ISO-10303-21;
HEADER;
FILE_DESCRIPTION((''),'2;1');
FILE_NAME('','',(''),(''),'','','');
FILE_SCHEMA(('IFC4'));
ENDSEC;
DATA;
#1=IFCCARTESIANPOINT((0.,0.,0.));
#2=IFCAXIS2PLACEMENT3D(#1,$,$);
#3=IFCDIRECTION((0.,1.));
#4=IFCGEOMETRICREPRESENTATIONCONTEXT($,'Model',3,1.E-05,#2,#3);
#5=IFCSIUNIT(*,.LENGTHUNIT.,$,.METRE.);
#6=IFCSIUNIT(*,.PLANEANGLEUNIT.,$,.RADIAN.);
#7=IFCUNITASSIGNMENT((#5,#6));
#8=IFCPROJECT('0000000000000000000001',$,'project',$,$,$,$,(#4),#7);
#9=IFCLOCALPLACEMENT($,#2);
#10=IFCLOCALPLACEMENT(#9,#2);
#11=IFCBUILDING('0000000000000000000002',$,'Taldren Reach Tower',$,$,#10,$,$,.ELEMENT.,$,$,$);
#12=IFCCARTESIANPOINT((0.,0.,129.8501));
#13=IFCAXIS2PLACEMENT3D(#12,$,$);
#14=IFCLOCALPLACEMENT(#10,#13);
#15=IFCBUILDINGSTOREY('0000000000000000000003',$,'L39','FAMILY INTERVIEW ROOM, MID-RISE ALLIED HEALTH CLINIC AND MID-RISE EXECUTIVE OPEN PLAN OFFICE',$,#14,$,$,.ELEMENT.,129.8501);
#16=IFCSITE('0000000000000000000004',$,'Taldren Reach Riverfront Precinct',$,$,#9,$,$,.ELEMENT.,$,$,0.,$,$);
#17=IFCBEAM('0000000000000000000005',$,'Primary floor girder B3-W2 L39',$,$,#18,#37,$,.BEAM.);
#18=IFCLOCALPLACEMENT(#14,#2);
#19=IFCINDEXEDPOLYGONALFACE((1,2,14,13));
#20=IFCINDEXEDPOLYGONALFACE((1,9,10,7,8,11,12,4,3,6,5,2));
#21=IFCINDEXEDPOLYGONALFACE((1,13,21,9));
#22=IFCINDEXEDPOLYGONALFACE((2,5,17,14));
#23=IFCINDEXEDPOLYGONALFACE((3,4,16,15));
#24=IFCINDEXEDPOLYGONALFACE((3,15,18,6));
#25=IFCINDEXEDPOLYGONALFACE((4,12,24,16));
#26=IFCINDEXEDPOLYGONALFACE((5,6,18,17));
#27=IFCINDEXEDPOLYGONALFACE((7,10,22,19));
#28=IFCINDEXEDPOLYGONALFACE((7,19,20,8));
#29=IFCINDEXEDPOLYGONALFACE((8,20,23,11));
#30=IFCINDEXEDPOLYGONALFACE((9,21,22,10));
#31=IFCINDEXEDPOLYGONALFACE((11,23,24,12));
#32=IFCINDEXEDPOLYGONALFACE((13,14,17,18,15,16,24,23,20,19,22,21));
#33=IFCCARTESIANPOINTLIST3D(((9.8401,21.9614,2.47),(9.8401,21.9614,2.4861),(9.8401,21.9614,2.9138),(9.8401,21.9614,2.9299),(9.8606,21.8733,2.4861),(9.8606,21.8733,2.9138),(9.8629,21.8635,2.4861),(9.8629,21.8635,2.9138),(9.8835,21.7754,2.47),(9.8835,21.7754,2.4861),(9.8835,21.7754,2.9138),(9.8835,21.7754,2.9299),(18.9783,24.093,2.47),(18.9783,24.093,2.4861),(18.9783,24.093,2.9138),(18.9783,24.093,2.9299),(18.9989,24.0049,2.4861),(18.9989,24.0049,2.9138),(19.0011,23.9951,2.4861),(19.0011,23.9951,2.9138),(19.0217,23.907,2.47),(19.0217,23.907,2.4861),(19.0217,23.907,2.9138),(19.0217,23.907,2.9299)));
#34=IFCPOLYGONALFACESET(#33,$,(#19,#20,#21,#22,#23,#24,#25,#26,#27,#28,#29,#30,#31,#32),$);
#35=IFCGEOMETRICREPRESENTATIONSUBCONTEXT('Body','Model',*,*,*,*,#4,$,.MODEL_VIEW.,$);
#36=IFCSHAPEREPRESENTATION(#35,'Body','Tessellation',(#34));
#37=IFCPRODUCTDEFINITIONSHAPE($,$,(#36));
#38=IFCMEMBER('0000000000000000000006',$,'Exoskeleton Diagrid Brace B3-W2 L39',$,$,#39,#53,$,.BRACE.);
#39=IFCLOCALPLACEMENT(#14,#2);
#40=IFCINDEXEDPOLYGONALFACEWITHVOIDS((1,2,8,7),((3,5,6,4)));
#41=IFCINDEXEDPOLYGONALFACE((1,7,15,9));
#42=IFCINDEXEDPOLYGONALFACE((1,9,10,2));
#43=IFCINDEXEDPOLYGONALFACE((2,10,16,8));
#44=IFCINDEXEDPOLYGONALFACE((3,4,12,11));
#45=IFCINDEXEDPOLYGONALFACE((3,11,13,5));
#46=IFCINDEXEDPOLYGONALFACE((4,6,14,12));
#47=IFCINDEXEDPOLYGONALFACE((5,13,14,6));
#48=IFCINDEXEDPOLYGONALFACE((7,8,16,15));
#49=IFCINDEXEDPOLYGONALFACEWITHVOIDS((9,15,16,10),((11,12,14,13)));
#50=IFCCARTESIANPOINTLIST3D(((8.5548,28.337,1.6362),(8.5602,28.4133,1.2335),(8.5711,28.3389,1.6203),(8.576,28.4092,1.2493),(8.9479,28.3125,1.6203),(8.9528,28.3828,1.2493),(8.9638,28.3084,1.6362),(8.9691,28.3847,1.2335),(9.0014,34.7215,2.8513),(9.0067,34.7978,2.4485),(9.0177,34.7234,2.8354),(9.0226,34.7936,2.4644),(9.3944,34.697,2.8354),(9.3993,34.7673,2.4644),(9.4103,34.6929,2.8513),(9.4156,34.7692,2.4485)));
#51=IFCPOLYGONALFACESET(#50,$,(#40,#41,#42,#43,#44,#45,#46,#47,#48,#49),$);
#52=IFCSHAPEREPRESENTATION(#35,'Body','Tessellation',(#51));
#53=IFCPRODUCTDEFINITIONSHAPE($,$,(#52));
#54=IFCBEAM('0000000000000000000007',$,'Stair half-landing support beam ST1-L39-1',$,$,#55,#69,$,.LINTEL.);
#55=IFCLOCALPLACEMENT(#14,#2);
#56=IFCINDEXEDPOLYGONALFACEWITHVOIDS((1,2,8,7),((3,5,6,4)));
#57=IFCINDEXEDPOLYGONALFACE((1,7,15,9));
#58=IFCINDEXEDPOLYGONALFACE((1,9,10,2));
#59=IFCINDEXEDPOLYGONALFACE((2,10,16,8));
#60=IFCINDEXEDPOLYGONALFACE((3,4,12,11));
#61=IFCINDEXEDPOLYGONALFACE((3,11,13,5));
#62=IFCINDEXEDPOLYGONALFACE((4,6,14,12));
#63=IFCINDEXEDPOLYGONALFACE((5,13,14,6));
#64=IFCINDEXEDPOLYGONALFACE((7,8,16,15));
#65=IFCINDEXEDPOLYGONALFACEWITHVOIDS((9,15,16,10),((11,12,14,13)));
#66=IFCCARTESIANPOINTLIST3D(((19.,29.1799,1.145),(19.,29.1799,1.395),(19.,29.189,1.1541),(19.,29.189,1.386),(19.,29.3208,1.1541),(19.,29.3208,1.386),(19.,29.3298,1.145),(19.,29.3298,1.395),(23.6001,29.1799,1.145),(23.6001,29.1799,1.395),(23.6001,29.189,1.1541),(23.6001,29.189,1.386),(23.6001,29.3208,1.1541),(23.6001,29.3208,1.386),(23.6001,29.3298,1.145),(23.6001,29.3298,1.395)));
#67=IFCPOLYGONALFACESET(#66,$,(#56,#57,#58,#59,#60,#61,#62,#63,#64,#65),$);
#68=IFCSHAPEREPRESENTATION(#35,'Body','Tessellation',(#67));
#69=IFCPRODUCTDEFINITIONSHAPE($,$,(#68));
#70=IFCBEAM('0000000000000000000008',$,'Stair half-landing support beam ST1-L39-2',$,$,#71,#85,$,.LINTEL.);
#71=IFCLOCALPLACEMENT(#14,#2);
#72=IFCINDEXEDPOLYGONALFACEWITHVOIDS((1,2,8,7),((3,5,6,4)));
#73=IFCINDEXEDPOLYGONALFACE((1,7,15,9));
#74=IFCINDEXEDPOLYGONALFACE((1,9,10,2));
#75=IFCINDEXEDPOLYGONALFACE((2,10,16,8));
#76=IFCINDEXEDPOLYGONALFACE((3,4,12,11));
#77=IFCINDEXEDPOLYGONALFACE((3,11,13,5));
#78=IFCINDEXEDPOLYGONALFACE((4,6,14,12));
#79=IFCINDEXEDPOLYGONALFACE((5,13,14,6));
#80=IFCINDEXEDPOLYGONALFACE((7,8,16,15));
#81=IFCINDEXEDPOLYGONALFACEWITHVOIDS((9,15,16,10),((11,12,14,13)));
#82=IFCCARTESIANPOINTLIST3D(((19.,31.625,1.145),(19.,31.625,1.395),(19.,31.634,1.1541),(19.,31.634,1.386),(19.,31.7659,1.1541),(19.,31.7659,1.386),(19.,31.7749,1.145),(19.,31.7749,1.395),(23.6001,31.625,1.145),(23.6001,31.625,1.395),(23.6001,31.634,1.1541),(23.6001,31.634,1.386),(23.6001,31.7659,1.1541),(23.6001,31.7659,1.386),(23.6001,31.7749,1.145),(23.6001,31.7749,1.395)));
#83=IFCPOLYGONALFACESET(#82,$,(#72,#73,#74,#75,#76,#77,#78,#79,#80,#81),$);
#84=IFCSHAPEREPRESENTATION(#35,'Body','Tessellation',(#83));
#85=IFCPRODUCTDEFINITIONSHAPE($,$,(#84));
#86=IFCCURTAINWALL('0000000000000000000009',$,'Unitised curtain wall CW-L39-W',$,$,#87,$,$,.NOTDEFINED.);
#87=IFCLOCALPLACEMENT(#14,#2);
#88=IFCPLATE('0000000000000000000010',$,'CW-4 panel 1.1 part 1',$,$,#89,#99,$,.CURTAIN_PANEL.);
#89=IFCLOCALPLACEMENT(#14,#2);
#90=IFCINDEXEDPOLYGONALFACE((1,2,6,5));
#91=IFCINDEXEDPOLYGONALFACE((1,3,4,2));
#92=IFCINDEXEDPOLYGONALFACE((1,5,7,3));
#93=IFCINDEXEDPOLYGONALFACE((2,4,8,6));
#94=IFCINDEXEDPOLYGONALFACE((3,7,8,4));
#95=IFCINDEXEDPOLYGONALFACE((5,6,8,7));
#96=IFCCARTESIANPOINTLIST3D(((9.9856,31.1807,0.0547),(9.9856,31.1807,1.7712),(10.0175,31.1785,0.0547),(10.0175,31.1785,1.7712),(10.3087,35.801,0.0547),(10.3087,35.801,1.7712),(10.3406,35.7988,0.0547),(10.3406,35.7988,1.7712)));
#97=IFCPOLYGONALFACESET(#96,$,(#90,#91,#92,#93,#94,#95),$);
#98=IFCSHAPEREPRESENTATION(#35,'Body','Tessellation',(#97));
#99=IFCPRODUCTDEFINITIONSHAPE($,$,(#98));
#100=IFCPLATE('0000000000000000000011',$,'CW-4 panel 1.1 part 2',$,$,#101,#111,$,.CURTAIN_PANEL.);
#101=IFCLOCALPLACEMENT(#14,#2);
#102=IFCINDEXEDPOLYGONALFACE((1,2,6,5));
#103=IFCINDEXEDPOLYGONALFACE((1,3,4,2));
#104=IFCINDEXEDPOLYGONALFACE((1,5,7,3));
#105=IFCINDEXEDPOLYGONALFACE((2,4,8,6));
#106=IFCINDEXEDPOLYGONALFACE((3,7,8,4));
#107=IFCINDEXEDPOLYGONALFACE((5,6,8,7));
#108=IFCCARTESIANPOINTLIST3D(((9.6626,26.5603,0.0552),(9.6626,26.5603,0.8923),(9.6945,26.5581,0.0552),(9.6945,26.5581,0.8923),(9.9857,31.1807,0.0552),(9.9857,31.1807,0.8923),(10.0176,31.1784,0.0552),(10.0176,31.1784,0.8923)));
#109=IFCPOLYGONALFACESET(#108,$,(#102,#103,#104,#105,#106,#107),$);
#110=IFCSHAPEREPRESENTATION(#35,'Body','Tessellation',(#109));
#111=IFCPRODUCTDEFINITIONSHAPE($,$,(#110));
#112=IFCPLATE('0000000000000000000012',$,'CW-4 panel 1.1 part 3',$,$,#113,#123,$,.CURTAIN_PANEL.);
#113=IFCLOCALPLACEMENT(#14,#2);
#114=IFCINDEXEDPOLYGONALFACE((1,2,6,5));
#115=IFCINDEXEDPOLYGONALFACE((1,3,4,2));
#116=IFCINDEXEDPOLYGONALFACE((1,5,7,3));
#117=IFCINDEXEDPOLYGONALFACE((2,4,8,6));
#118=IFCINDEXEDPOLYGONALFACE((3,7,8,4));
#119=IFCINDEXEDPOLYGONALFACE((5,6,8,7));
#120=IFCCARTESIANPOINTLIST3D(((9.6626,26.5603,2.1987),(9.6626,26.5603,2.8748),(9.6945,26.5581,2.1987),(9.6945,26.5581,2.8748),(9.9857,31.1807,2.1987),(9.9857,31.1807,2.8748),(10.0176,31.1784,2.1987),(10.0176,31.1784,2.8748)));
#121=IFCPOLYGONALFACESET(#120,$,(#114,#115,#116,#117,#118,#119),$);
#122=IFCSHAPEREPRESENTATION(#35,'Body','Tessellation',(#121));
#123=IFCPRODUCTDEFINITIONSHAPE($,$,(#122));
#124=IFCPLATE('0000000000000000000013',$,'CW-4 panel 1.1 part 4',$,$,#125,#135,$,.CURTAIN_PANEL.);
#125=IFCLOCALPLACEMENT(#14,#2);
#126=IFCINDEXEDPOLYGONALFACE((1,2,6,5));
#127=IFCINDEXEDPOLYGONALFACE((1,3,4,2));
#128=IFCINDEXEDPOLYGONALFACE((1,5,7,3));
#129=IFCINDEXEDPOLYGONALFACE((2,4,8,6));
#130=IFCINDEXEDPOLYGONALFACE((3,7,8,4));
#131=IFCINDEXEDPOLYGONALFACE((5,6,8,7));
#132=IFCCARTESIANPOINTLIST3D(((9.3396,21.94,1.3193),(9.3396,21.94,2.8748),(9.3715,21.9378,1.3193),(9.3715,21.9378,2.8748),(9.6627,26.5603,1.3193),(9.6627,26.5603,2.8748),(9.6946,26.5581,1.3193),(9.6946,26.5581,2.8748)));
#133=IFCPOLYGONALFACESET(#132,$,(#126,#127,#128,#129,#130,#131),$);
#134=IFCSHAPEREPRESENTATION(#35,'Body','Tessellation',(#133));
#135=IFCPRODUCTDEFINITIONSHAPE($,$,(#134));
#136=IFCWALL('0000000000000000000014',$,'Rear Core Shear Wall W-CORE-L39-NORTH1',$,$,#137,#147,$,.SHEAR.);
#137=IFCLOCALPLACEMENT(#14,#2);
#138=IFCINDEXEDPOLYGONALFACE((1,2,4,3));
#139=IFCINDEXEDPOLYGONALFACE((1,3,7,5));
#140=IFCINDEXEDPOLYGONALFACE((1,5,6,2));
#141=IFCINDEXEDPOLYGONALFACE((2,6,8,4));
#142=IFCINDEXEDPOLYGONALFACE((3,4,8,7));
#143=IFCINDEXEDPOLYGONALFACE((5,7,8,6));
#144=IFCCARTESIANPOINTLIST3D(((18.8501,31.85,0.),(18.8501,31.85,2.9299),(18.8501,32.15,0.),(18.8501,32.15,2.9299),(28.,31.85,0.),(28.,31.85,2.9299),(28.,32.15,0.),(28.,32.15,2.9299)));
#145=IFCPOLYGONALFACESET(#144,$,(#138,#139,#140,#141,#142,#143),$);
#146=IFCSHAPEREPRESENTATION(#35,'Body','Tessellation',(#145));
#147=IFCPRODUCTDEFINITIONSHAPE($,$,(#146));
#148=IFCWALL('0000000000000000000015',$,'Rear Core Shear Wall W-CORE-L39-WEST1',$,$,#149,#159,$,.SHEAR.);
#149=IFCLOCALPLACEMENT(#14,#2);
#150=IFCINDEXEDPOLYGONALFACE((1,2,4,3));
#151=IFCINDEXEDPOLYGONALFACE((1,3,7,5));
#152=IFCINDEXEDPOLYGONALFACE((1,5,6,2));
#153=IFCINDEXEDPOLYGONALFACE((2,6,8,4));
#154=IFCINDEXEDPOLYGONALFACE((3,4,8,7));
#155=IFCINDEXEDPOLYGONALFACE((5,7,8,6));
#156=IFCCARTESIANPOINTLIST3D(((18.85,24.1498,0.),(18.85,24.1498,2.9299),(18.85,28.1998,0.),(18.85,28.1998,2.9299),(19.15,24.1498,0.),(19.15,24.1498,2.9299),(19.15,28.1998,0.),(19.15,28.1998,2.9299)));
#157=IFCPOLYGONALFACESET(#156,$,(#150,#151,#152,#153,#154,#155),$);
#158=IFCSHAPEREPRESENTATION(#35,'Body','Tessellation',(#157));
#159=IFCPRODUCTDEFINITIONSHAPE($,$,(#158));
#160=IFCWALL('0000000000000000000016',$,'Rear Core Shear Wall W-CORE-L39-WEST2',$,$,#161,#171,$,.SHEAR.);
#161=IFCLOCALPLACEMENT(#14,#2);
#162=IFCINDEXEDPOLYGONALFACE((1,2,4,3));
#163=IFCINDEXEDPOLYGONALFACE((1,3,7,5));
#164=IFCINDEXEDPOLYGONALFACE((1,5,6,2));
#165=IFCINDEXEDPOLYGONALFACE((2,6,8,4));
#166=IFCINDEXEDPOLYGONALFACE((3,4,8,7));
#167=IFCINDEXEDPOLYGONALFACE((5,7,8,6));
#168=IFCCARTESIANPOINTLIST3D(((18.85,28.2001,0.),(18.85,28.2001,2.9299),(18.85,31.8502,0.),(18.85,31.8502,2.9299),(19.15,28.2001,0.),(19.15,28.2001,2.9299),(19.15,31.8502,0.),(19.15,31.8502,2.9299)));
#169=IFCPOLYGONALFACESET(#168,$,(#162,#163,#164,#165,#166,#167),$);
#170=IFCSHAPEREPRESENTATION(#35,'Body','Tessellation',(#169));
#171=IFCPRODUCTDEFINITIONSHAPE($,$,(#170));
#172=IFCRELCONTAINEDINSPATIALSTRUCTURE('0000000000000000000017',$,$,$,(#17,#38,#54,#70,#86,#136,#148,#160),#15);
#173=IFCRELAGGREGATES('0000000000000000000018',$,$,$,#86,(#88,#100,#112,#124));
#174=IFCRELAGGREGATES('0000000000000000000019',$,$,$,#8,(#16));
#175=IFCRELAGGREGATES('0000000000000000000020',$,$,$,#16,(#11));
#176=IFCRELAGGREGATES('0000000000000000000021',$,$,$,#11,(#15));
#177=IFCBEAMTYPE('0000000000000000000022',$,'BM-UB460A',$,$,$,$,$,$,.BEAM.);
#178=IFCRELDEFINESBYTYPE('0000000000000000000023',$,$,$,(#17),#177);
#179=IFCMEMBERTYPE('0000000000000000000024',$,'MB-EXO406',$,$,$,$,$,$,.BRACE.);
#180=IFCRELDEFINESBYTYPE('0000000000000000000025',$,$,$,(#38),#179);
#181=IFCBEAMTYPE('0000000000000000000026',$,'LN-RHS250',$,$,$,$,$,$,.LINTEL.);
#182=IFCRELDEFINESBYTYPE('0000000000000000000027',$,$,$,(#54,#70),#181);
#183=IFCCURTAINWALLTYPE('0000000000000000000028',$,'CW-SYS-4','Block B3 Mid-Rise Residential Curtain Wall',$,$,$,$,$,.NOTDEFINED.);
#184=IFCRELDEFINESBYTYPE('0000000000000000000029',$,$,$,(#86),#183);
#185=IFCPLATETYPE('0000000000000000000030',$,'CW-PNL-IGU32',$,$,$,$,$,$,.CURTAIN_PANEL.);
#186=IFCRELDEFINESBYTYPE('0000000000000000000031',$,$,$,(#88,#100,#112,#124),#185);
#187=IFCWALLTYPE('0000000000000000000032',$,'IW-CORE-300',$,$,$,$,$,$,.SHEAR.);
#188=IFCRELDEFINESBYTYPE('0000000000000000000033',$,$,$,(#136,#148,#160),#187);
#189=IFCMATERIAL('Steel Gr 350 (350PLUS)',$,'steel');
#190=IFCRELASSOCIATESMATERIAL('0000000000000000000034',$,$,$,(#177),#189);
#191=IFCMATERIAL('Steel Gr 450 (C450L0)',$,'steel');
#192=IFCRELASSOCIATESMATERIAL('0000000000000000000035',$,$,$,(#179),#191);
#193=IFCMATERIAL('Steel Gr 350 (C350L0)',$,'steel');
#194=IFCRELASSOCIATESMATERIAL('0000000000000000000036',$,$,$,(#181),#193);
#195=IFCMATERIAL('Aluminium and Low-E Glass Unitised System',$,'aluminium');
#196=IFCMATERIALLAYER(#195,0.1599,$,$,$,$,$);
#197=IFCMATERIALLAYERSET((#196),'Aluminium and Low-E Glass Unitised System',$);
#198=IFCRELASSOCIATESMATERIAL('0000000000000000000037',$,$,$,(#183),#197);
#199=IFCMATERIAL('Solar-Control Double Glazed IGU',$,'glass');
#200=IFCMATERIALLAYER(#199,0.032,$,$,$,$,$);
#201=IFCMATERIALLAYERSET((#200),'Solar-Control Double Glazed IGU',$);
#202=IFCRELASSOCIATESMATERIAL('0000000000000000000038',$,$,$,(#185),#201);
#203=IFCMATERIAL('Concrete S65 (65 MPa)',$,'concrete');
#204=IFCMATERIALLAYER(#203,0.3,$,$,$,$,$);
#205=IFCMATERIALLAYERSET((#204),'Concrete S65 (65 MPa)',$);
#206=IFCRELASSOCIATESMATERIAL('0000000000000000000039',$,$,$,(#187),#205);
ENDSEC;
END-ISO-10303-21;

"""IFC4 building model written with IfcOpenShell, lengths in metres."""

from ifc_helpers import new_model, si_unit, direction, frame, frame_2d, origin, origin_2d, place, context, subcontext, project, spatial, rectangle, hollow_rectangle, i_section, extrude, source, transform, mapped, material, layer, layer_set, material_profile, profile_set, type_object, element, aggregate, save


model = new_model("IFC4")

# Units and contexts
model_context = context("Model", 3, precision=1e-05, world=origin(), true_north=direction((0.0, 1.0)))
body_context = subcontext(model_context, "Body", "Model", "MODEL_VIEW")
ifc_project = project(units=[si_unit("LENGTHUNIT", "METRE"), si_unit("PLANEANGLEUNIT", "RADIAN")], contexts=[model_context])

# Site, building, storey
site_placement = place(None, origin())
site = spatial("IfcSite", under=ifc_project, at=site_placement, Name="Taldren Reach Riverfront Precinct", CompositionType="ELEMENT", RefElevation=0.0)
building_placement = place(site_placement, origin())
building = spatial("IfcBuilding", under=site, at=building_placement, Name="Taldren Reach Tower", CompositionType="ELEMENT")
storey_placement = place(building_placement, frame((0.0, 0.0, 129.8501)))
storey = spatial("IfcBuildingStorey", under=building, at=storey_placement, Name="L39", Description="FAMILY INTERVIEW ROOM, MID-RISE ALLIED HEALTH CLINIC AND MID-RISE EXECUTIVE OPEN PLAN OFFICE", CompositionType="ELEMENT", Elevation=129.8501)

# Shared definitions
ifc_material_1 = material(Name="Steel Gr 450 (C450L0)", Category="steel")

# Beam
ifc_material_2 = material(Name="Steel Gr 350 (350PLUS)", Category="steel")
ifc_material_profile_1 = material_profile(ifc_material_2, i_section(OverallWidth=0.1909, OverallDepth=0.46, WebThickness=0.01, FlangeThickness=0.0161, at=origin_2d()), Name="460UB82.1")
ifc_profile_set_1 = profile_set([ifc_material_profile_1], Name="Steel Gr 350 (350PLUS)")
beam_type_1 = type_object("IfcBeamType", Name="BM-UB460A", PredefinedType="BEAM", material=ifc_profile_set_1)
shared_shape_1 = source(origin(), body_context, "Body", "SweptSolid", [
    extrude(i_section(OverallWidth=0.1909, OverallDepth=0.46, WebThickness=0.01, FlangeThickness=0.0161, at=origin_2d()), origin(), (0.0, 0.0, 1.0), 9.3835),
])
beam_1_placement = place(storey_placement, frame((19.0, 24.0, 2.7), z_axis=(-0.973857, -0.227164, 0.0), x_axis=(0.227164, -0.973857, 0.0)))
element("IfcBeam", 1, at=beam_1_placement, inside=storey, type_object=beam_type_1, Name="Primary floor girder B3-W2 L39", PredefinedType="BEAM", context=body_context, shape_type="MappedRepresentation", body=[
    mapped(shared_shape_1, transform((0.0, 0.0, 0.0), scale=1.0)),
])

# Member
ifc_material_profile_2 = material_profile(ifc_material_1, hollow_rectangle(XDim=0.4099, YDim=0.4099, WallThickness=0.0161, at=origin_2d()), Name="410x410x16.0SHS")
ifc_profile_set_2 = profile_set([ifc_material_profile_2], Name="Steel Gr 450 (C450L0)")
member_type = type_object("IfcMemberType", Name="MB-EXO406", PredefinedType="BRACE", material=ifc_profile_set_2)
shared_shape_2 = source(origin(), body_context, "Body", "SweptSolid", [
    extrude(hollow_rectangle(XDim=0.4099, YDim=0.4099, WallThickness=0.0161, at=origin_2d()), origin(), (0.0, 0.0, 1.0), 6.5144),
])
member_placement = place(storey_placement, frame((8.762, 28.3608, 1.4348), z_axis=(0.068545, 0.980057, 0.186522), x_axis=(-0.997563, 0.06977, 0.0)))
element("IfcMember", 2, at=member_placement, inside=storey, type_object=member_type, Name="Exoskeleton Diagrid Brace B3-W2 L39", PredefinedType="BRACE", context=body_context, shape_type="MappedRepresentation", body=[
    mapped(shared_shape_2, transform((0.0, 0.0, 0.0), scale=1.0)),
])

# Beams
ifc_material_3 = material(Name="Steel Gr 350 (C350L0)", Category="steel")
ifc_material_profile_3 = material_profile(ifc_material_3, hollow_rectangle(XDim=0.1499, YDim=0.25, WallThickness=0.009, at=origin_2d()), Name="250x150x9.0RHS")
ifc_profile_set_3 = profile_set([ifc_material_profile_3], Name="Steel Gr 350 (C350L0)")
beam_type_2 = type_object("IfcBeamType", Name="LN-RHS250", PredefinedType="LINTEL", material=ifc_profile_set_3)
shared_shape_3 = source(origin(), body_context, "Body", "SweptSolid", [
    extrude(hollow_rectangle(XDim=0.1499, YDim=0.25, WallThickness=0.009, at=origin_2d()), origin(), (0.0, 0.0, 1.0), 4.6001),
])
for number, where, z_axis, x_axis, name in (
    (3, (19.0, 29.2549, 1.27), (1.0, 0.0, 0.0), (0.0, 1.0, 0.0), "Stair half-landing support beam ST1-L39-1"),
    (4, (19.0, 31.7, 1.27), (1.0, 0.0, 0.0), (0.0, 1.0, 0.0), "Stair half-landing support beam ST1-L39-2"),
):
    element("IfcBeam", number, at=place(storey_placement, frame(where, z_axis=z_axis, x_axis=x_axis)), inside=storey, type_object=beam_type_2, Name=name, PredefinedType="LINTEL", context=body_context, shape_type="MappedRepresentation", body=[
        mapped(shared_shape_3, transform((0.0, 0.0, 0.0), scale=1.0)),
    ])

# Curtain wall, plates
ifc_material_4 = material(Name="Aluminium and Low-E Glass Unitised System", Category="aluminium")
ifc_layer_1 = layer(ifc_material_4, 0.1599)
ifc_layer_set_1 = layer_set([ifc_layer_1], Name="Aluminium and Low-E Glass Unitised System")
curtain_wall_type = type_object("IfcCurtainWallType", Name="CW-SYS-4", Description="Block B3 Mid-Rise Residential Curtain Wall", PredefinedType="NOTDEFINED", material=ifc_layer_set_1)
curtain_wall_placement = place(storey_placement, origin())
curtain_wall = element("IfcCurtainWall", 5, at=curtain_wall_placement, inside=storey, type_object=curtain_wall_type, Name="Unitised curtain wall CW-L39-W", PredefinedType="NOTDEFINED")
ifc_material_5 = material(Name="Solar-Control Double Glazed IGU", Category="glass")
ifc_layer_2 = layer(ifc_material_5, 0.032)
ifc_layer_set_2 = layer_set([ifc_layer_2], Name="Solar-Control Double Glazed IGU")
plate_type = type_object("IfcPlateType", Name="CW-PNL-IGU32", PredefinedType="CURTAIN_PANEL", material=ifc_layer_set_2)
shared_shape_4 = source(origin(), body_context, "Body", "SweptSolid", [
    extrude(rectangle(XDim=4.6316, YDim=0.032, at=origin_2d()), origin(), (0.0, 0.0, 1.0), 1.7166),
])
plate_1_placement = place(storey_placement, frame((10.1631, 33.4897, 0.0547), z_axis=(0.0, 0.0, 1.0), x_axis=(-0.069756, -0.997564, 0.0)))
plate_1 = element("IfcPlate", 6, at=plate_1_placement, type_object=plate_type, Name="CW-4 panel 1.1 part 1", PredefinedType="CURTAIN_PANEL", context=body_context, shape_type="MappedRepresentation", body=[
    mapped(shared_shape_4, transform((0.0, 0.0, 0.0), scale=1.0)),
])
shared_shape_5 = source(origin(), body_context, "Body", "SweptSolid", [
    extrude(rectangle(XDim=4.6316, YDim=0.032, at=origin_2d()), origin(), (0.0, 0.0, 1.0), 0.8372),
])
plate_2_placement = place(storey_placement, frame((9.8401, 28.8694, 0.0552), z_axis=(0.0, 0.0, 1.0), x_axis=(-0.069756, -0.997564, 0.0)))
plate_2 = element("IfcPlate", 7, at=plate_2_placement, type_object=plate_type, Name="CW-4 panel 1.1 part 2", PredefinedType="CURTAIN_PANEL", context=body_context, shape_type="MappedRepresentation", body=[
    mapped(shared_shape_5, transform((0.0, 0.0, 0.0), scale=1.0)),
])
shared_shape_6 = source(origin(), body_context, "Body", "SweptSolid", [
    extrude(rectangle(XDim=4.6316, YDim=0.032, at=origin_2d()), origin(), (0.0, 0.0, 1.0), 0.676),
])
plate_3_placement = place(storey_placement, frame((9.8401, 28.8694, 2.1987), z_axis=(0.0, 0.0, 1.0), x_axis=(-0.069756, -0.997564, 0.0)))
plate_3 = element("IfcPlate", 8, at=plate_3_placement, type_object=plate_type, Name="CW-4 panel 1.1 part 3", PredefinedType="CURTAIN_PANEL", context=body_context, shape_type="MappedRepresentation", body=[
    mapped(shared_shape_6, transform((0.0, 0.0, 0.0), scale=1.0)),
])
shared_shape_7 = source(origin(), body_context, "Body", "SweptSolid", [
    extrude(rectangle(XDim=4.6316, YDim=0.032, at=origin_2d()), origin(), (0.0, 0.0, 1.0), 1.5554),
])
plate_4_placement = place(storey_placement, frame((9.5171, 24.249, 1.3193), z_axis=(0.0, 0.0, 1.0), x_axis=(-0.069756, -0.997564, 0.0)))
plate_4 = element("IfcPlate", 9, at=plate_4_placement, type_object=plate_type, Name="CW-4 panel 1.1 part 4", PredefinedType="CURTAIN_PANEL", context=body_context, shape_type="MappedRepresentation", body=[
    mapped(shared_shape_7, transform((0.0, 0.0, 0.0), scale=1.0)),
])
aggregate(curtain_wall, [plate_1, plate_2, plate_3, plate_4])

# Walls
ifc_material_6 = material(Name="Concrete S65 (65 MPa)", Category="concrete")
ifc_layer_3 = layer(ifc_material_6, 0.3)
ifc_layer_set_3 = layer_set([ifc_layer_3], Name="Concrete S65 (65 MPa)")
wall_type = type_object("IfcWallType", Name="IW-CORE-300", PredefinedType="SHEAR", material=ifc_layer_set_3)
shared_shape_8 = source(origin(), body_context, "Body", "SweptSolid", [
    extrude(rectangle(XDim=9.1499, YDim=0.3, at=frame_2d((4.575, 0.0))), origin(), (0.0, 0.0, 1.0), 2.9299),
])
wall_1_placement = place(storey_placement, frame((18.8501, 32.0, 0.0), z_axis=(0.0, 0.0, 1.0), x_axis=(1.0, 0.0, 0.0)))
element("IfcWall", 10, at=wall_1_placement, inside=storey, type_object=wall_type, Name="Rear Core Shear Wall W-CORE-L39-NORTH1", PredefinedType="SHEAR", context=body_context, shape_type="MappedRepresentation", body=[
    mapped(shared_shape_8, transform((0.0, 0.0, 0.0), scale=1.0)),
])
shared_shape_9 = source(origin(), body_context, "Body", "SweptSolid", [
    extrude(rectangle(XDim=4.05, YDim=0.3, at=frame_2d((2.0249, 0.0))), origin(), (0.0, 0.0, 1.0), 2.9299),
])
wall_2_placement = place(storey_placement, frame((19.0, 24.1499, 0.0), z_axis=(0.0, 0.0, 1.0), x_axis=(0.0, 1.0, 0.0)))
element("IfcWall", 11, at=wall_2_placement, inside=storey, type_object=wall_type, Name="Rear Core Shear Wall W-CORE-L39-WEST1", PredefinedType="SHEAR", context=body_context, shape_type="MappedRepresentation", body=[
    mapped(shared_shape_9, transform((0.0, 0.0, 0.0), scale=1.0)),
])
shared_shape_10 = source(origin(), body_context, "Body", "SweptSolid", [
    extrude(rectangle(XDim=3.6501, YDim=0.3, at=frame_2d((1.8252, 0.0))), origin(), (0.0, 0.0, 1.0), 2.9299),
])
wall_3_placement = place(storey_placement, frame((19.0, 28.2, 0.0), z_axis=(0.0, 0.0, 1.0), x_axis=(0.0, 1.0, 0.0)))
element("IfcWall", 12, at=wall_3_placement, inside=storey, type_object=wall_type, Name="Rear Core Shear Wall W-CORE-L39-WEST2", PredefinedType="SHEAR", context=body_context, shape_type="MappedRepresentation", body=[
    mapped(shared_shape_10, transform((0.0, 0.0, 0.0), scale=1.0)),
])

save(model, "model.ifc")
